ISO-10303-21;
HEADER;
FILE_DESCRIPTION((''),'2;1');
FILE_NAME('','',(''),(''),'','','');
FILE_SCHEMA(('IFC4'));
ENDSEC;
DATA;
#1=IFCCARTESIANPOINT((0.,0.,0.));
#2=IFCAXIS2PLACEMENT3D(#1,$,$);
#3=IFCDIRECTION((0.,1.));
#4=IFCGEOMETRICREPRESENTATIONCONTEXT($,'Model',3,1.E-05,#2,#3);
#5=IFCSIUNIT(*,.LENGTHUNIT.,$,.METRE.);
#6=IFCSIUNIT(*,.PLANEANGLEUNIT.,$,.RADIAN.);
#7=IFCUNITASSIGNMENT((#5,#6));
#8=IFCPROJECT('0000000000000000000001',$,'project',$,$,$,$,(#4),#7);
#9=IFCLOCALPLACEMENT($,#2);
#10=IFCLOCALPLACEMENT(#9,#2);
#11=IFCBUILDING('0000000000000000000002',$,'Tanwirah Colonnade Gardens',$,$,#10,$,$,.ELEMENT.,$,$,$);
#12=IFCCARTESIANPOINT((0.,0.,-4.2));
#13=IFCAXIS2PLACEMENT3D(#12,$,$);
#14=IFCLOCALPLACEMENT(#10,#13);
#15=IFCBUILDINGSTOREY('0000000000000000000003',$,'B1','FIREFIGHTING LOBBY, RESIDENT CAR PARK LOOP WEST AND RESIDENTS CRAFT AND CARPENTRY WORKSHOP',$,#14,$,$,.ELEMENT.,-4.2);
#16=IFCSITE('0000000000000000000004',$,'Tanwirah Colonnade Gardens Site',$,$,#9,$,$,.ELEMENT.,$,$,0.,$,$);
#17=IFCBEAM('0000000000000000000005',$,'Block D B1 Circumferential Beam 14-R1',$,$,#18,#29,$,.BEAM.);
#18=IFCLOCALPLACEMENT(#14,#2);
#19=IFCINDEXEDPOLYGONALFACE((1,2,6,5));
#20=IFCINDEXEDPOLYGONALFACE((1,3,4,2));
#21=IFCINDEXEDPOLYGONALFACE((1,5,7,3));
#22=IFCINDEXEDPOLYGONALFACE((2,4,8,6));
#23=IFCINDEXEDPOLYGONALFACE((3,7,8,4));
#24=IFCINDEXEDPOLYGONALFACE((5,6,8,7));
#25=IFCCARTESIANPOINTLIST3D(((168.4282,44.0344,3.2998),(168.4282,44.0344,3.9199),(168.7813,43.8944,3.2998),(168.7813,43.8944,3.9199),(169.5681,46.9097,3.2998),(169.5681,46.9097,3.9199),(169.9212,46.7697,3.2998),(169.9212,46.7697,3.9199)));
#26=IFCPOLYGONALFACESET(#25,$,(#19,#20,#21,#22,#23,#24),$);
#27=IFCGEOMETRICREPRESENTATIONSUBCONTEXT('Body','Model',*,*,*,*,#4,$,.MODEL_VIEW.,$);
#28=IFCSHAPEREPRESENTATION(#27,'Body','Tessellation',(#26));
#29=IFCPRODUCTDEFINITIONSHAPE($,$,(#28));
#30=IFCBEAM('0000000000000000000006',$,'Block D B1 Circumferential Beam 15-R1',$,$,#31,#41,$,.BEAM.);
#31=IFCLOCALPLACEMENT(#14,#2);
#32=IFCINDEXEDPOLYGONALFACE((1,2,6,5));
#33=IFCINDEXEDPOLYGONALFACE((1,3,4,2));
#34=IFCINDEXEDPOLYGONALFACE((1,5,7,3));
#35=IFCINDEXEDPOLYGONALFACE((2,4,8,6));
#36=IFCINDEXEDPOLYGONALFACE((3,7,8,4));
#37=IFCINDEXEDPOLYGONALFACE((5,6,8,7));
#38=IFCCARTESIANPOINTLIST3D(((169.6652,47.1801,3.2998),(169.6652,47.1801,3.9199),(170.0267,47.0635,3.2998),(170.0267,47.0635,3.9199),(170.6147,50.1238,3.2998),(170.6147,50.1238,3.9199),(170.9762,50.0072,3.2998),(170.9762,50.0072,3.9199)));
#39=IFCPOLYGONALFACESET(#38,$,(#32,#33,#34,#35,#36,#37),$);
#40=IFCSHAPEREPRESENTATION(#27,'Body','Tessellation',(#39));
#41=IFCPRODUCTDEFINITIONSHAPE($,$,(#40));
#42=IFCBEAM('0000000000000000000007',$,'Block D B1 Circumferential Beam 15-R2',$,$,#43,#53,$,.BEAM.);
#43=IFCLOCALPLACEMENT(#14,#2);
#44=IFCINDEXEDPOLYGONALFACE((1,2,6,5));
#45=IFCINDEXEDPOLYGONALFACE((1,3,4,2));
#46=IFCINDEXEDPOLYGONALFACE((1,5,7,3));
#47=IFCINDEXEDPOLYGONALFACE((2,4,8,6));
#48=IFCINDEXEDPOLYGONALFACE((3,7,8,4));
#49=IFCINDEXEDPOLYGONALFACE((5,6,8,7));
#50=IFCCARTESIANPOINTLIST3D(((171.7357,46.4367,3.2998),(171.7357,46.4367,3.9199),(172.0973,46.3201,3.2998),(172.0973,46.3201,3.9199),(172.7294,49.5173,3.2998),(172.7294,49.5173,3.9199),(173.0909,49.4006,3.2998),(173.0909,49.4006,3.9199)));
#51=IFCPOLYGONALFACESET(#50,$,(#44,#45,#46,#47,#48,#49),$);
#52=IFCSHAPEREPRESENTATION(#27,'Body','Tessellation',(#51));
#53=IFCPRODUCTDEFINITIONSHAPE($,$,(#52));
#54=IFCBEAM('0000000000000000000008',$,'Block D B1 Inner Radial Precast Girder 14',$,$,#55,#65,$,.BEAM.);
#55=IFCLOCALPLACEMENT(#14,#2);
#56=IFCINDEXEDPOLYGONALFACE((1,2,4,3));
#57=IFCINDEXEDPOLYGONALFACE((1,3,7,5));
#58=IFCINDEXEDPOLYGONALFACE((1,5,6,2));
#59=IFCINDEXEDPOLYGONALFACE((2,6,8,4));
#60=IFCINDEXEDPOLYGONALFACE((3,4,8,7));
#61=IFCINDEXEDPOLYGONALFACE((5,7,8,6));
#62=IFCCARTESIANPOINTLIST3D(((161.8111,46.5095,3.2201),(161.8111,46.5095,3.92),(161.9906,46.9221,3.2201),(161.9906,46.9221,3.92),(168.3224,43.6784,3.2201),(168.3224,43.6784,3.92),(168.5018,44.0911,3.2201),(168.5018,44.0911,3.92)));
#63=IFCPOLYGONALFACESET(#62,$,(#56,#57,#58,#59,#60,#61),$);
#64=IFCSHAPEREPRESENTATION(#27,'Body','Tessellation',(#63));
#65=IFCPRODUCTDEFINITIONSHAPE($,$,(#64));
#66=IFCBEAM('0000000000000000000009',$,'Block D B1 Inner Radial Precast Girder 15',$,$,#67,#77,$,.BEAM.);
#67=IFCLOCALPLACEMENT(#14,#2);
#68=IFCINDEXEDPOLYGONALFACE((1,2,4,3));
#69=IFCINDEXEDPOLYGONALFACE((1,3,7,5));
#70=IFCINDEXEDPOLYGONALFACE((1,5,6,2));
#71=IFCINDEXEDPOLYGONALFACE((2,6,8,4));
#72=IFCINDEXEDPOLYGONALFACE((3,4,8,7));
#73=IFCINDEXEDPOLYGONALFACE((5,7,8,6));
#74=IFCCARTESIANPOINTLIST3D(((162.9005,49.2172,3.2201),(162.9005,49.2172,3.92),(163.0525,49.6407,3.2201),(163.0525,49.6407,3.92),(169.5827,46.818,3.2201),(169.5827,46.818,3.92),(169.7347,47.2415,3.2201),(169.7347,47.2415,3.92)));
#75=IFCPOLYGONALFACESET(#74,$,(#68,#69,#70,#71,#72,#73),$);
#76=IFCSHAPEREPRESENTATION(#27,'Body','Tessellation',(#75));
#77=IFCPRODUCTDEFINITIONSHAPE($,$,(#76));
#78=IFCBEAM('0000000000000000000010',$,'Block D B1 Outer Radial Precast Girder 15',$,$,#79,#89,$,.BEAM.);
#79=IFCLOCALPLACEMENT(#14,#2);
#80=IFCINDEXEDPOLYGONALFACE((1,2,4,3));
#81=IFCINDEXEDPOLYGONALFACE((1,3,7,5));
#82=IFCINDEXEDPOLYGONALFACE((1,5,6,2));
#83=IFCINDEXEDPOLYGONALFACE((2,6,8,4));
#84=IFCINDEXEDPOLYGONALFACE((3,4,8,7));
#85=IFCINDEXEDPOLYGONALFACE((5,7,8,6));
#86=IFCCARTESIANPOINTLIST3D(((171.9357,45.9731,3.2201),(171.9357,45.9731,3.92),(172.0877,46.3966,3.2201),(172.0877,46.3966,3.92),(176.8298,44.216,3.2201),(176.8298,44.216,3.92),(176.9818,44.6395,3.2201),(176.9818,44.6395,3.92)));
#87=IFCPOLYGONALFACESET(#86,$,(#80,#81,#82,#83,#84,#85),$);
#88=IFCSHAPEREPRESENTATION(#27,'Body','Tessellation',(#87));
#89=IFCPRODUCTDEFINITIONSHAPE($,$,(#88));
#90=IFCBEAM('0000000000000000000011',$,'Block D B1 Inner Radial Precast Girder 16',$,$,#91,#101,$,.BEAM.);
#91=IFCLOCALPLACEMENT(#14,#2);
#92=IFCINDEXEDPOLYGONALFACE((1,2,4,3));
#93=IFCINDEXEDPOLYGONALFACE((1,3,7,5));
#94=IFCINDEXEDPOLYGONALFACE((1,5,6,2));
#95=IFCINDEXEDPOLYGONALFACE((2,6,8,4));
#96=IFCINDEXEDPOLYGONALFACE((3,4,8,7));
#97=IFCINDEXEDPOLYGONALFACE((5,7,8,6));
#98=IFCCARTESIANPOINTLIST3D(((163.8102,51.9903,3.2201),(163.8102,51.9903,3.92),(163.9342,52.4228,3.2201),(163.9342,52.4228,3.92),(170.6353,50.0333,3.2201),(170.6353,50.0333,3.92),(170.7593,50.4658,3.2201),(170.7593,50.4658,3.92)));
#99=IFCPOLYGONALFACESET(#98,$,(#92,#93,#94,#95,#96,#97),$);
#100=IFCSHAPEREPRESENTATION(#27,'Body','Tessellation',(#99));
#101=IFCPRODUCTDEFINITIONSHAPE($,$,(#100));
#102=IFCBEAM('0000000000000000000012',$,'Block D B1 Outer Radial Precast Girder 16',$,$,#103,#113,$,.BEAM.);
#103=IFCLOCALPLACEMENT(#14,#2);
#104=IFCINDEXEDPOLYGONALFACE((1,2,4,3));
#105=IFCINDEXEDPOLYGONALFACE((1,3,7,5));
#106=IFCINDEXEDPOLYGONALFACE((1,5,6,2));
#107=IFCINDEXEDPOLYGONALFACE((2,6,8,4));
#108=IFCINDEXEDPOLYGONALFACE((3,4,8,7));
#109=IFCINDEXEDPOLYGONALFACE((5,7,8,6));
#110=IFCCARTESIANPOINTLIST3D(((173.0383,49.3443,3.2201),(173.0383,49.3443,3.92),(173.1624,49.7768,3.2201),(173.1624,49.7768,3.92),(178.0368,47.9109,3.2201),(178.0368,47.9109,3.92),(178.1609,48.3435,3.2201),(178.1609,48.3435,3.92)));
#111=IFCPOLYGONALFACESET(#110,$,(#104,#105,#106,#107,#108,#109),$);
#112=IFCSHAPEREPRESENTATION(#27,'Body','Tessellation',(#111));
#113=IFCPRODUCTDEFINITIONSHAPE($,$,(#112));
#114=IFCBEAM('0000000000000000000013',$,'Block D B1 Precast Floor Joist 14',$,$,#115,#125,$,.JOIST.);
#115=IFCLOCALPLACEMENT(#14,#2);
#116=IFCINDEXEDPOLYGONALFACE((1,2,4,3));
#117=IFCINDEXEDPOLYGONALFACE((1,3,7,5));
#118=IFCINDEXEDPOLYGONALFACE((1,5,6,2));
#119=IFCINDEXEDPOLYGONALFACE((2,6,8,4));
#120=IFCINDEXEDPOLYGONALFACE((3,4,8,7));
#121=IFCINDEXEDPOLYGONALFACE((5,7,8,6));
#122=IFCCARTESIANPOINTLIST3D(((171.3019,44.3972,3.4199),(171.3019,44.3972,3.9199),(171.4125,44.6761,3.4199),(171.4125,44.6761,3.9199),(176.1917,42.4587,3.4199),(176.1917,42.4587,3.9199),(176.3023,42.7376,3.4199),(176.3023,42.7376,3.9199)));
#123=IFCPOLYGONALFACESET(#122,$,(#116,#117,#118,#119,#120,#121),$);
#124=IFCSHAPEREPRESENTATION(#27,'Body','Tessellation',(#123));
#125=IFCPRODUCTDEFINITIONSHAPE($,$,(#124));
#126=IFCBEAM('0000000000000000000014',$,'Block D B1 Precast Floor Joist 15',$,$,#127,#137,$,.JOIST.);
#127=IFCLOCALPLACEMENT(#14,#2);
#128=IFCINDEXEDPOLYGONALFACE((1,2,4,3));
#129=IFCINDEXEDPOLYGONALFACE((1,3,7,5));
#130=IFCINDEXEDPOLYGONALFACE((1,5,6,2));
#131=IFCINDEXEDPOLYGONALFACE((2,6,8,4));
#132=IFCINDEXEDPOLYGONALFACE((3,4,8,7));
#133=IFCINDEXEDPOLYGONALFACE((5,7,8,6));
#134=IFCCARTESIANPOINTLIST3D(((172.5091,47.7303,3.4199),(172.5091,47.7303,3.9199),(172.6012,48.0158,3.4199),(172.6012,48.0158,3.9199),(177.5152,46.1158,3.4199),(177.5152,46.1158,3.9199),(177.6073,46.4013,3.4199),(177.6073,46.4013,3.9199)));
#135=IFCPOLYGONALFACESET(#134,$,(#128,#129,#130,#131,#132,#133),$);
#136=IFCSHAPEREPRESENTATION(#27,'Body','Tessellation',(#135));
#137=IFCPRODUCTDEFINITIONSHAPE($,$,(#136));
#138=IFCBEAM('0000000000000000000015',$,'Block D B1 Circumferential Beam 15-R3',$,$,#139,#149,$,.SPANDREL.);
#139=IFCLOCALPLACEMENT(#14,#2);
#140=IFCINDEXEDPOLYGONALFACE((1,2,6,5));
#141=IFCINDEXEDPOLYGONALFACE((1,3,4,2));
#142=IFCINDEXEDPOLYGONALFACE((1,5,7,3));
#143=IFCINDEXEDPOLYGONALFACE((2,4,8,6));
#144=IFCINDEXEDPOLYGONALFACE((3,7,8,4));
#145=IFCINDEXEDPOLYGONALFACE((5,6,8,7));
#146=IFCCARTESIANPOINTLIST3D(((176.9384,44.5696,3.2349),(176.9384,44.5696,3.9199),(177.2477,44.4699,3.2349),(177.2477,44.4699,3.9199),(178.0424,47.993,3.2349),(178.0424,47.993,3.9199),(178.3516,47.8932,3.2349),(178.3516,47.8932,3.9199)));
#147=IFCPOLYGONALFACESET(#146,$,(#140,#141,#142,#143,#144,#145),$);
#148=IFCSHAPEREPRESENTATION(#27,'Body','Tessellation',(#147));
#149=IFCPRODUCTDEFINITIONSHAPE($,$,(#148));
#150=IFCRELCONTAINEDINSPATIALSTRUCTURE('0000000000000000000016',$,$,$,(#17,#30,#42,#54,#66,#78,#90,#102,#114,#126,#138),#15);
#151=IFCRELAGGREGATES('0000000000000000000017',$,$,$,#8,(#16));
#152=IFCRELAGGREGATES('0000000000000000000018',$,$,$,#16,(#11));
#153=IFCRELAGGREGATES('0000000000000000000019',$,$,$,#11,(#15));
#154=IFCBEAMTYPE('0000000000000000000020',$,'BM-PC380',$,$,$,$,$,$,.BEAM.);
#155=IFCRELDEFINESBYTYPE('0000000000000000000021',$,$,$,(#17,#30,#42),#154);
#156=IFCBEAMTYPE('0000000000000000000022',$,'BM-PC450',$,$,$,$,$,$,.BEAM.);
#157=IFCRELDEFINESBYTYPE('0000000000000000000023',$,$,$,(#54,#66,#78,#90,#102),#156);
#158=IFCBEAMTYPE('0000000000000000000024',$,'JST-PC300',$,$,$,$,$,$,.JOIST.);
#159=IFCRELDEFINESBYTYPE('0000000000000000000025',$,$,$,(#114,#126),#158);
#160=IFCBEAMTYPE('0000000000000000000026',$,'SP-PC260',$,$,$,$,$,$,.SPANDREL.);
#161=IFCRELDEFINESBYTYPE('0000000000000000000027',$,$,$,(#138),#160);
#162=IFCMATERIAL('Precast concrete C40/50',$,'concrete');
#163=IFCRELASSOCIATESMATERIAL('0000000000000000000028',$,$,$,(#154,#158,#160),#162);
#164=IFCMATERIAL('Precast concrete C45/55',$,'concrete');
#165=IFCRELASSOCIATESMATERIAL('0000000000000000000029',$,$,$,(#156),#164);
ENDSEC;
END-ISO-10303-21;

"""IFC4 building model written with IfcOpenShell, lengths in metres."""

from ifc_helpers import new_model, si_unit, direction, frame, origin, origin_2d, place, context, subcontext, project, spatial, rectangle, extrude, material, material_profile, profile_set, type_object, element, save


model = new_model("IFC4")

# Units and contexts
model_context = context("Model", 3, precision=1e-05, world=origin(), true_north=direction((0.0, 1.0)))
body_context = subcontext(model_context, "Body", "Model", "MODEL_VIEW")
ifc_project = project(units=[si_unit("LENGTHUNIT", "METRE"), si_unit("PLANEANGLEUNIT", "RADIAN")], contexts=[model_context])

# Site, building, storey
site_placement = place(None, origin())
site = spatial("IfcSite", under=ifc_project, at=site_placement, Name="Tanwirah Colonnade Gardens Site", CompositionType="ELEMENT", RefElevation=0.0)
building_placement = place(site_placement, origin())
building = spatial("IfcBuilding", under=site, at=building_placement, Name="Tanwirah Colonnade Gardens", CompositionType="ELEMENT")
storey_placement = place(building_placement, frame((0.0, 0.0, -4.2)))
storey = spatial("IfcBuildingStorey", under=building, at=storey_placement, Name="B1", Description="FIREFIGHTING LOBBY, RESIDENT CAR PARK LOOP WEST AND RESIDENTS CRAFT AND CARPENTRY WORKSHOP", CompositionType="ELEMENT", Elevation=-4.2)

# Beams
ifc_material_1 = material(Name="Precast concrete C40/50", Category="concrete")
ifc_material_profile_1 = material_profile(ifc_material_1, rectangle(XDim=0.3799, YDim=0.6201, at=origin_2d()), Name="PC-BM 380x620")
ifc_profile_set_1 = profile_set([ifc_material_profile_1], Name="Precast concrete C40/50")
beam_type_1 = type_object("IfcBeamType", Name="BM-PC380", PredefinedType="BEAM", material=ifc_profile_set_1)
for number, where, z_axis, x_axis, name in (
    (1, (168.6047, 43.9644, 3.6099), (0.368545, 0.92961, 0.0), (-0.92961, 0.368545, 0.0), "Block D B1 Circumferential Beam 14-R1"),
    (2, (169.8459, 47.1218, 3.6099), (0.306977, 0.951717, 0.0), (-0.951717, 0.306977, 0.0), "Block D B1 Circumferential Beam 15-R1"),
):
    element("IfcBeam", number, at=place(storey_placement, frame(where, z_axis=z_axis, x_axis=x_axis)), inside=storey, type_object=beam_type_1, Name=name, PredefinedType="BEAM", context=body_context, shape_type="SweptSolid", body=[
        extrude(rectangle(XDim=0.3799, YDim=0.6201, at=origin_2d()), origin(), (0.0, 0.0, 1.0), 3.093),
    ])
beam_1_placement = place(storey_placement, frame((171.9165, 46.3784, 3.6099), z_axis=(0.306981, 0.951716, 0.0), x_axis=(-0.951716, 0.306981, 0.0)))
element("IfcBeam", 3, at=beam_1_placement, inside=storey, type_object=beam_type_1, Name="Block D B1 Circumferential Beam 15-R2", PredefinedType="BEAM", context=body_context, shape_type="SweptSolid", body=[
    extrude(rectangle(XDim=0.3799, YDim=0.6201, at=origin_2d()), origin(), (0.0, 0.0, 1.0), 3.2368),
])
ifc_material_2 = material(Name="Precast concrete C45/55", Category="concrete")
ifc_material_profile_2 = material_profile(ifc_material_2, rectangle(XDim=0.45, YDim=0.7, at=origin_2d()), Name="PC-BM 450x700")
ifc_profile_set_2 = profile_set([ifc_material_profile_2], Name="Precast concrete C45/55")
beam_type_2 = type_object("IfcBeamType", Name="BM-PC450", PredefinedType="BEAM", material=ifc_profile_set_2)
beam_2_placement = place(storey_placement, frame((168.4121, 43.8848, 3.5701), z_axis=(-0.917066, 0.398736, 0.0), x_axis=(-0.398736, -0.917066, 0.0)))
element("IfcBeam", 4, at=beam_2_placement, inside=storey, type_object=beam_type_2, Name="Block D B1 Inner Radial Precast Girder 14", PredefinedType="BEAM", context=body_context, shape_type="SweptSolid", body=[
    extrude(rectangle(XDim=0.45, YDim=0.7, at=origin_2d()), origin(), (0.0, 0.0, 1.0), 7.1001),
])
beam_3_placement = place(storey_placement, frame((169.6587, 47.0298, 3.5701), z_axis=(-0.941174, 0.337922, 0.0), x_axis=(-0.337922, -0.941174, 0.0)))
element("IfcBeam", 5, at=beam_3_placement, inside=storey, type_object=beam_type_2, Name="Block D B1 Inner Radial Precast Girder 15", PredefinedType="BEAM", context=body_context, shape_type="SweptSolid", body=[
    extrude(rectangle(XDim=0.45, YDim=0.7, at=origin_2d()), origin(), (0.0, 0.0, 1.0), 7.0999),
])
beam_4_placement = place(storey_placement, frame((172.0117, 46.1848, 3.5701), z_axis=(0.94118, -0.337906, 0.0), x_axis=(0.337906, 0.94118, 0.0)))
element("IfcBeam", 6, at=beam_4_placement, inside=storey, type_object=beam_type_2, Name="Block D B1 Outer Radial Precast Girder 15", PredefinedType="BEAM", context=body_context, shape_type="SweptSolid", body=[
    extrude(rectangle(XDim=0.45, YDim=0.7, at=origin_2d()), origin(), (0.0, 0.0, 1.0), 5.2),
])
beam_5_placement = place(storey_placement, frame((170.6973, 50.2495, 3.5701), z_axis=(-0.961261, 0.275638, 0.0), x_axis=(-0.275638, -0.961261, 0.0)))
element("IfcBeam", 7, at=beam_5_placement, inside=storey, type_object=beam_type_2, Name="Block D B1 Inner Radial Precast Girder 16", PredefinedType="BEAM", context=body_context, shape_type="SweptSolid", body=[
    extrude(rectangle(XDim=0.45, YDim=0.7, at=origin_2d()), origin(), (0.0, 0.0, 1.0), 7.1001),
])
beam_6_placement = place(storey_placement, frame((173.1003, 49.5605, 3.5701), z_axis=(0.96126, -0.275645, 0.0), x_axis=(0.275645, 0.96126, 0.0)))
element("IfcBeam", 8, at=beam_6_placement, inside=storey, type_object=beam_type_2, Name="Block D B1 Outer Radial Precast Girder 16", PredefinedType="BEAM", context=body_context, shape_type="SweptSolid", body=[
    extrude(rectangle(XDim=0.45, YDim=0.7, at=origin_2d()), origin(), (0.0, 0.0, 1.0), 5.2),
])
ifc_material_profile_3 = material_profile(ifc_material_1, rectangle(XDim=0.3, YDim=0.5, at=origin_2d()), Name="PC-JST 300x500")
ifc_profile_set_3 = profile_set([ifc_material_profile_3], Name="Precast concrete C40/50")
beam_type_3 = type_object("IfcBeamType", Name="JST-PC300", PredefinedType="JOIST", material=ifc_profile_set_3)
for number, where, z_axis, x_axis, name in (
    (9, (171.3572, 44.5366, 3.6699), (0.929618, -0.368524, 0.0), (0.368524, 0.929618, 0.0), "Block D B1 Precast Floor Joist 14"),
    (10, (172.5552, 47.873, 3.6699), (0.951729, -0.306939, 0.0), (0.306939, 0.951729, 0.0), "Block D B1 Precast Floor Joist 15"),
):
    element("IfcBeam", number, at=place(storey_placement, frame(where, z_axis=z_axis, x_axis=x_axis)), inside=storey, type_object=beam_type_3, Name=name, PredefinedType="JOIST", context=body_context, shape_type="SweptSolid", body=[
        extrude(rectangle(XDim=0.3, YDim=0.5, at=origin_2d()), origin(), (0.0, 0.0, 1.0), 5.26),
    ])
ifc_material_profile_4 = material_profile(ifc_material_1, rectangle(XDim=0.325, YDim=0.6851, at=origin_2d()), Name="PC-SP 325x685")
ifc_profile_set_4 = profile_set([ifc_material_profile_4], Name="Precast concrete C40/50")
beam_type_4 = type_object("IfcBeamType", Name="SP-PC260", PredefinedType="SPANDREL", material=ifc_profile_set_4)
beam_7_placement = place(storey_placement, frame((177.093, 44.5198, 3.5774), z_axis=(0.306927, 0.951733, 0.0), x_axis=(-0.951733, 0.306927, 0.0)))
element("IfcBeam", 11, at=beam_7_placement, inside=storey, type_object=beam_type_4, Name="Block D B1 Circumferential Beam 15-R3", PredefinedType="SPANDREL", context=body_context, shape_type="SweptSolid", body=[
    extrude(rectangle(XDim=0.325, YDim=0.6851, at=origin_2d()), origin(), (0.0, 0.0, 1.0), 3.5969),
])

save(model, "model.ifc")
